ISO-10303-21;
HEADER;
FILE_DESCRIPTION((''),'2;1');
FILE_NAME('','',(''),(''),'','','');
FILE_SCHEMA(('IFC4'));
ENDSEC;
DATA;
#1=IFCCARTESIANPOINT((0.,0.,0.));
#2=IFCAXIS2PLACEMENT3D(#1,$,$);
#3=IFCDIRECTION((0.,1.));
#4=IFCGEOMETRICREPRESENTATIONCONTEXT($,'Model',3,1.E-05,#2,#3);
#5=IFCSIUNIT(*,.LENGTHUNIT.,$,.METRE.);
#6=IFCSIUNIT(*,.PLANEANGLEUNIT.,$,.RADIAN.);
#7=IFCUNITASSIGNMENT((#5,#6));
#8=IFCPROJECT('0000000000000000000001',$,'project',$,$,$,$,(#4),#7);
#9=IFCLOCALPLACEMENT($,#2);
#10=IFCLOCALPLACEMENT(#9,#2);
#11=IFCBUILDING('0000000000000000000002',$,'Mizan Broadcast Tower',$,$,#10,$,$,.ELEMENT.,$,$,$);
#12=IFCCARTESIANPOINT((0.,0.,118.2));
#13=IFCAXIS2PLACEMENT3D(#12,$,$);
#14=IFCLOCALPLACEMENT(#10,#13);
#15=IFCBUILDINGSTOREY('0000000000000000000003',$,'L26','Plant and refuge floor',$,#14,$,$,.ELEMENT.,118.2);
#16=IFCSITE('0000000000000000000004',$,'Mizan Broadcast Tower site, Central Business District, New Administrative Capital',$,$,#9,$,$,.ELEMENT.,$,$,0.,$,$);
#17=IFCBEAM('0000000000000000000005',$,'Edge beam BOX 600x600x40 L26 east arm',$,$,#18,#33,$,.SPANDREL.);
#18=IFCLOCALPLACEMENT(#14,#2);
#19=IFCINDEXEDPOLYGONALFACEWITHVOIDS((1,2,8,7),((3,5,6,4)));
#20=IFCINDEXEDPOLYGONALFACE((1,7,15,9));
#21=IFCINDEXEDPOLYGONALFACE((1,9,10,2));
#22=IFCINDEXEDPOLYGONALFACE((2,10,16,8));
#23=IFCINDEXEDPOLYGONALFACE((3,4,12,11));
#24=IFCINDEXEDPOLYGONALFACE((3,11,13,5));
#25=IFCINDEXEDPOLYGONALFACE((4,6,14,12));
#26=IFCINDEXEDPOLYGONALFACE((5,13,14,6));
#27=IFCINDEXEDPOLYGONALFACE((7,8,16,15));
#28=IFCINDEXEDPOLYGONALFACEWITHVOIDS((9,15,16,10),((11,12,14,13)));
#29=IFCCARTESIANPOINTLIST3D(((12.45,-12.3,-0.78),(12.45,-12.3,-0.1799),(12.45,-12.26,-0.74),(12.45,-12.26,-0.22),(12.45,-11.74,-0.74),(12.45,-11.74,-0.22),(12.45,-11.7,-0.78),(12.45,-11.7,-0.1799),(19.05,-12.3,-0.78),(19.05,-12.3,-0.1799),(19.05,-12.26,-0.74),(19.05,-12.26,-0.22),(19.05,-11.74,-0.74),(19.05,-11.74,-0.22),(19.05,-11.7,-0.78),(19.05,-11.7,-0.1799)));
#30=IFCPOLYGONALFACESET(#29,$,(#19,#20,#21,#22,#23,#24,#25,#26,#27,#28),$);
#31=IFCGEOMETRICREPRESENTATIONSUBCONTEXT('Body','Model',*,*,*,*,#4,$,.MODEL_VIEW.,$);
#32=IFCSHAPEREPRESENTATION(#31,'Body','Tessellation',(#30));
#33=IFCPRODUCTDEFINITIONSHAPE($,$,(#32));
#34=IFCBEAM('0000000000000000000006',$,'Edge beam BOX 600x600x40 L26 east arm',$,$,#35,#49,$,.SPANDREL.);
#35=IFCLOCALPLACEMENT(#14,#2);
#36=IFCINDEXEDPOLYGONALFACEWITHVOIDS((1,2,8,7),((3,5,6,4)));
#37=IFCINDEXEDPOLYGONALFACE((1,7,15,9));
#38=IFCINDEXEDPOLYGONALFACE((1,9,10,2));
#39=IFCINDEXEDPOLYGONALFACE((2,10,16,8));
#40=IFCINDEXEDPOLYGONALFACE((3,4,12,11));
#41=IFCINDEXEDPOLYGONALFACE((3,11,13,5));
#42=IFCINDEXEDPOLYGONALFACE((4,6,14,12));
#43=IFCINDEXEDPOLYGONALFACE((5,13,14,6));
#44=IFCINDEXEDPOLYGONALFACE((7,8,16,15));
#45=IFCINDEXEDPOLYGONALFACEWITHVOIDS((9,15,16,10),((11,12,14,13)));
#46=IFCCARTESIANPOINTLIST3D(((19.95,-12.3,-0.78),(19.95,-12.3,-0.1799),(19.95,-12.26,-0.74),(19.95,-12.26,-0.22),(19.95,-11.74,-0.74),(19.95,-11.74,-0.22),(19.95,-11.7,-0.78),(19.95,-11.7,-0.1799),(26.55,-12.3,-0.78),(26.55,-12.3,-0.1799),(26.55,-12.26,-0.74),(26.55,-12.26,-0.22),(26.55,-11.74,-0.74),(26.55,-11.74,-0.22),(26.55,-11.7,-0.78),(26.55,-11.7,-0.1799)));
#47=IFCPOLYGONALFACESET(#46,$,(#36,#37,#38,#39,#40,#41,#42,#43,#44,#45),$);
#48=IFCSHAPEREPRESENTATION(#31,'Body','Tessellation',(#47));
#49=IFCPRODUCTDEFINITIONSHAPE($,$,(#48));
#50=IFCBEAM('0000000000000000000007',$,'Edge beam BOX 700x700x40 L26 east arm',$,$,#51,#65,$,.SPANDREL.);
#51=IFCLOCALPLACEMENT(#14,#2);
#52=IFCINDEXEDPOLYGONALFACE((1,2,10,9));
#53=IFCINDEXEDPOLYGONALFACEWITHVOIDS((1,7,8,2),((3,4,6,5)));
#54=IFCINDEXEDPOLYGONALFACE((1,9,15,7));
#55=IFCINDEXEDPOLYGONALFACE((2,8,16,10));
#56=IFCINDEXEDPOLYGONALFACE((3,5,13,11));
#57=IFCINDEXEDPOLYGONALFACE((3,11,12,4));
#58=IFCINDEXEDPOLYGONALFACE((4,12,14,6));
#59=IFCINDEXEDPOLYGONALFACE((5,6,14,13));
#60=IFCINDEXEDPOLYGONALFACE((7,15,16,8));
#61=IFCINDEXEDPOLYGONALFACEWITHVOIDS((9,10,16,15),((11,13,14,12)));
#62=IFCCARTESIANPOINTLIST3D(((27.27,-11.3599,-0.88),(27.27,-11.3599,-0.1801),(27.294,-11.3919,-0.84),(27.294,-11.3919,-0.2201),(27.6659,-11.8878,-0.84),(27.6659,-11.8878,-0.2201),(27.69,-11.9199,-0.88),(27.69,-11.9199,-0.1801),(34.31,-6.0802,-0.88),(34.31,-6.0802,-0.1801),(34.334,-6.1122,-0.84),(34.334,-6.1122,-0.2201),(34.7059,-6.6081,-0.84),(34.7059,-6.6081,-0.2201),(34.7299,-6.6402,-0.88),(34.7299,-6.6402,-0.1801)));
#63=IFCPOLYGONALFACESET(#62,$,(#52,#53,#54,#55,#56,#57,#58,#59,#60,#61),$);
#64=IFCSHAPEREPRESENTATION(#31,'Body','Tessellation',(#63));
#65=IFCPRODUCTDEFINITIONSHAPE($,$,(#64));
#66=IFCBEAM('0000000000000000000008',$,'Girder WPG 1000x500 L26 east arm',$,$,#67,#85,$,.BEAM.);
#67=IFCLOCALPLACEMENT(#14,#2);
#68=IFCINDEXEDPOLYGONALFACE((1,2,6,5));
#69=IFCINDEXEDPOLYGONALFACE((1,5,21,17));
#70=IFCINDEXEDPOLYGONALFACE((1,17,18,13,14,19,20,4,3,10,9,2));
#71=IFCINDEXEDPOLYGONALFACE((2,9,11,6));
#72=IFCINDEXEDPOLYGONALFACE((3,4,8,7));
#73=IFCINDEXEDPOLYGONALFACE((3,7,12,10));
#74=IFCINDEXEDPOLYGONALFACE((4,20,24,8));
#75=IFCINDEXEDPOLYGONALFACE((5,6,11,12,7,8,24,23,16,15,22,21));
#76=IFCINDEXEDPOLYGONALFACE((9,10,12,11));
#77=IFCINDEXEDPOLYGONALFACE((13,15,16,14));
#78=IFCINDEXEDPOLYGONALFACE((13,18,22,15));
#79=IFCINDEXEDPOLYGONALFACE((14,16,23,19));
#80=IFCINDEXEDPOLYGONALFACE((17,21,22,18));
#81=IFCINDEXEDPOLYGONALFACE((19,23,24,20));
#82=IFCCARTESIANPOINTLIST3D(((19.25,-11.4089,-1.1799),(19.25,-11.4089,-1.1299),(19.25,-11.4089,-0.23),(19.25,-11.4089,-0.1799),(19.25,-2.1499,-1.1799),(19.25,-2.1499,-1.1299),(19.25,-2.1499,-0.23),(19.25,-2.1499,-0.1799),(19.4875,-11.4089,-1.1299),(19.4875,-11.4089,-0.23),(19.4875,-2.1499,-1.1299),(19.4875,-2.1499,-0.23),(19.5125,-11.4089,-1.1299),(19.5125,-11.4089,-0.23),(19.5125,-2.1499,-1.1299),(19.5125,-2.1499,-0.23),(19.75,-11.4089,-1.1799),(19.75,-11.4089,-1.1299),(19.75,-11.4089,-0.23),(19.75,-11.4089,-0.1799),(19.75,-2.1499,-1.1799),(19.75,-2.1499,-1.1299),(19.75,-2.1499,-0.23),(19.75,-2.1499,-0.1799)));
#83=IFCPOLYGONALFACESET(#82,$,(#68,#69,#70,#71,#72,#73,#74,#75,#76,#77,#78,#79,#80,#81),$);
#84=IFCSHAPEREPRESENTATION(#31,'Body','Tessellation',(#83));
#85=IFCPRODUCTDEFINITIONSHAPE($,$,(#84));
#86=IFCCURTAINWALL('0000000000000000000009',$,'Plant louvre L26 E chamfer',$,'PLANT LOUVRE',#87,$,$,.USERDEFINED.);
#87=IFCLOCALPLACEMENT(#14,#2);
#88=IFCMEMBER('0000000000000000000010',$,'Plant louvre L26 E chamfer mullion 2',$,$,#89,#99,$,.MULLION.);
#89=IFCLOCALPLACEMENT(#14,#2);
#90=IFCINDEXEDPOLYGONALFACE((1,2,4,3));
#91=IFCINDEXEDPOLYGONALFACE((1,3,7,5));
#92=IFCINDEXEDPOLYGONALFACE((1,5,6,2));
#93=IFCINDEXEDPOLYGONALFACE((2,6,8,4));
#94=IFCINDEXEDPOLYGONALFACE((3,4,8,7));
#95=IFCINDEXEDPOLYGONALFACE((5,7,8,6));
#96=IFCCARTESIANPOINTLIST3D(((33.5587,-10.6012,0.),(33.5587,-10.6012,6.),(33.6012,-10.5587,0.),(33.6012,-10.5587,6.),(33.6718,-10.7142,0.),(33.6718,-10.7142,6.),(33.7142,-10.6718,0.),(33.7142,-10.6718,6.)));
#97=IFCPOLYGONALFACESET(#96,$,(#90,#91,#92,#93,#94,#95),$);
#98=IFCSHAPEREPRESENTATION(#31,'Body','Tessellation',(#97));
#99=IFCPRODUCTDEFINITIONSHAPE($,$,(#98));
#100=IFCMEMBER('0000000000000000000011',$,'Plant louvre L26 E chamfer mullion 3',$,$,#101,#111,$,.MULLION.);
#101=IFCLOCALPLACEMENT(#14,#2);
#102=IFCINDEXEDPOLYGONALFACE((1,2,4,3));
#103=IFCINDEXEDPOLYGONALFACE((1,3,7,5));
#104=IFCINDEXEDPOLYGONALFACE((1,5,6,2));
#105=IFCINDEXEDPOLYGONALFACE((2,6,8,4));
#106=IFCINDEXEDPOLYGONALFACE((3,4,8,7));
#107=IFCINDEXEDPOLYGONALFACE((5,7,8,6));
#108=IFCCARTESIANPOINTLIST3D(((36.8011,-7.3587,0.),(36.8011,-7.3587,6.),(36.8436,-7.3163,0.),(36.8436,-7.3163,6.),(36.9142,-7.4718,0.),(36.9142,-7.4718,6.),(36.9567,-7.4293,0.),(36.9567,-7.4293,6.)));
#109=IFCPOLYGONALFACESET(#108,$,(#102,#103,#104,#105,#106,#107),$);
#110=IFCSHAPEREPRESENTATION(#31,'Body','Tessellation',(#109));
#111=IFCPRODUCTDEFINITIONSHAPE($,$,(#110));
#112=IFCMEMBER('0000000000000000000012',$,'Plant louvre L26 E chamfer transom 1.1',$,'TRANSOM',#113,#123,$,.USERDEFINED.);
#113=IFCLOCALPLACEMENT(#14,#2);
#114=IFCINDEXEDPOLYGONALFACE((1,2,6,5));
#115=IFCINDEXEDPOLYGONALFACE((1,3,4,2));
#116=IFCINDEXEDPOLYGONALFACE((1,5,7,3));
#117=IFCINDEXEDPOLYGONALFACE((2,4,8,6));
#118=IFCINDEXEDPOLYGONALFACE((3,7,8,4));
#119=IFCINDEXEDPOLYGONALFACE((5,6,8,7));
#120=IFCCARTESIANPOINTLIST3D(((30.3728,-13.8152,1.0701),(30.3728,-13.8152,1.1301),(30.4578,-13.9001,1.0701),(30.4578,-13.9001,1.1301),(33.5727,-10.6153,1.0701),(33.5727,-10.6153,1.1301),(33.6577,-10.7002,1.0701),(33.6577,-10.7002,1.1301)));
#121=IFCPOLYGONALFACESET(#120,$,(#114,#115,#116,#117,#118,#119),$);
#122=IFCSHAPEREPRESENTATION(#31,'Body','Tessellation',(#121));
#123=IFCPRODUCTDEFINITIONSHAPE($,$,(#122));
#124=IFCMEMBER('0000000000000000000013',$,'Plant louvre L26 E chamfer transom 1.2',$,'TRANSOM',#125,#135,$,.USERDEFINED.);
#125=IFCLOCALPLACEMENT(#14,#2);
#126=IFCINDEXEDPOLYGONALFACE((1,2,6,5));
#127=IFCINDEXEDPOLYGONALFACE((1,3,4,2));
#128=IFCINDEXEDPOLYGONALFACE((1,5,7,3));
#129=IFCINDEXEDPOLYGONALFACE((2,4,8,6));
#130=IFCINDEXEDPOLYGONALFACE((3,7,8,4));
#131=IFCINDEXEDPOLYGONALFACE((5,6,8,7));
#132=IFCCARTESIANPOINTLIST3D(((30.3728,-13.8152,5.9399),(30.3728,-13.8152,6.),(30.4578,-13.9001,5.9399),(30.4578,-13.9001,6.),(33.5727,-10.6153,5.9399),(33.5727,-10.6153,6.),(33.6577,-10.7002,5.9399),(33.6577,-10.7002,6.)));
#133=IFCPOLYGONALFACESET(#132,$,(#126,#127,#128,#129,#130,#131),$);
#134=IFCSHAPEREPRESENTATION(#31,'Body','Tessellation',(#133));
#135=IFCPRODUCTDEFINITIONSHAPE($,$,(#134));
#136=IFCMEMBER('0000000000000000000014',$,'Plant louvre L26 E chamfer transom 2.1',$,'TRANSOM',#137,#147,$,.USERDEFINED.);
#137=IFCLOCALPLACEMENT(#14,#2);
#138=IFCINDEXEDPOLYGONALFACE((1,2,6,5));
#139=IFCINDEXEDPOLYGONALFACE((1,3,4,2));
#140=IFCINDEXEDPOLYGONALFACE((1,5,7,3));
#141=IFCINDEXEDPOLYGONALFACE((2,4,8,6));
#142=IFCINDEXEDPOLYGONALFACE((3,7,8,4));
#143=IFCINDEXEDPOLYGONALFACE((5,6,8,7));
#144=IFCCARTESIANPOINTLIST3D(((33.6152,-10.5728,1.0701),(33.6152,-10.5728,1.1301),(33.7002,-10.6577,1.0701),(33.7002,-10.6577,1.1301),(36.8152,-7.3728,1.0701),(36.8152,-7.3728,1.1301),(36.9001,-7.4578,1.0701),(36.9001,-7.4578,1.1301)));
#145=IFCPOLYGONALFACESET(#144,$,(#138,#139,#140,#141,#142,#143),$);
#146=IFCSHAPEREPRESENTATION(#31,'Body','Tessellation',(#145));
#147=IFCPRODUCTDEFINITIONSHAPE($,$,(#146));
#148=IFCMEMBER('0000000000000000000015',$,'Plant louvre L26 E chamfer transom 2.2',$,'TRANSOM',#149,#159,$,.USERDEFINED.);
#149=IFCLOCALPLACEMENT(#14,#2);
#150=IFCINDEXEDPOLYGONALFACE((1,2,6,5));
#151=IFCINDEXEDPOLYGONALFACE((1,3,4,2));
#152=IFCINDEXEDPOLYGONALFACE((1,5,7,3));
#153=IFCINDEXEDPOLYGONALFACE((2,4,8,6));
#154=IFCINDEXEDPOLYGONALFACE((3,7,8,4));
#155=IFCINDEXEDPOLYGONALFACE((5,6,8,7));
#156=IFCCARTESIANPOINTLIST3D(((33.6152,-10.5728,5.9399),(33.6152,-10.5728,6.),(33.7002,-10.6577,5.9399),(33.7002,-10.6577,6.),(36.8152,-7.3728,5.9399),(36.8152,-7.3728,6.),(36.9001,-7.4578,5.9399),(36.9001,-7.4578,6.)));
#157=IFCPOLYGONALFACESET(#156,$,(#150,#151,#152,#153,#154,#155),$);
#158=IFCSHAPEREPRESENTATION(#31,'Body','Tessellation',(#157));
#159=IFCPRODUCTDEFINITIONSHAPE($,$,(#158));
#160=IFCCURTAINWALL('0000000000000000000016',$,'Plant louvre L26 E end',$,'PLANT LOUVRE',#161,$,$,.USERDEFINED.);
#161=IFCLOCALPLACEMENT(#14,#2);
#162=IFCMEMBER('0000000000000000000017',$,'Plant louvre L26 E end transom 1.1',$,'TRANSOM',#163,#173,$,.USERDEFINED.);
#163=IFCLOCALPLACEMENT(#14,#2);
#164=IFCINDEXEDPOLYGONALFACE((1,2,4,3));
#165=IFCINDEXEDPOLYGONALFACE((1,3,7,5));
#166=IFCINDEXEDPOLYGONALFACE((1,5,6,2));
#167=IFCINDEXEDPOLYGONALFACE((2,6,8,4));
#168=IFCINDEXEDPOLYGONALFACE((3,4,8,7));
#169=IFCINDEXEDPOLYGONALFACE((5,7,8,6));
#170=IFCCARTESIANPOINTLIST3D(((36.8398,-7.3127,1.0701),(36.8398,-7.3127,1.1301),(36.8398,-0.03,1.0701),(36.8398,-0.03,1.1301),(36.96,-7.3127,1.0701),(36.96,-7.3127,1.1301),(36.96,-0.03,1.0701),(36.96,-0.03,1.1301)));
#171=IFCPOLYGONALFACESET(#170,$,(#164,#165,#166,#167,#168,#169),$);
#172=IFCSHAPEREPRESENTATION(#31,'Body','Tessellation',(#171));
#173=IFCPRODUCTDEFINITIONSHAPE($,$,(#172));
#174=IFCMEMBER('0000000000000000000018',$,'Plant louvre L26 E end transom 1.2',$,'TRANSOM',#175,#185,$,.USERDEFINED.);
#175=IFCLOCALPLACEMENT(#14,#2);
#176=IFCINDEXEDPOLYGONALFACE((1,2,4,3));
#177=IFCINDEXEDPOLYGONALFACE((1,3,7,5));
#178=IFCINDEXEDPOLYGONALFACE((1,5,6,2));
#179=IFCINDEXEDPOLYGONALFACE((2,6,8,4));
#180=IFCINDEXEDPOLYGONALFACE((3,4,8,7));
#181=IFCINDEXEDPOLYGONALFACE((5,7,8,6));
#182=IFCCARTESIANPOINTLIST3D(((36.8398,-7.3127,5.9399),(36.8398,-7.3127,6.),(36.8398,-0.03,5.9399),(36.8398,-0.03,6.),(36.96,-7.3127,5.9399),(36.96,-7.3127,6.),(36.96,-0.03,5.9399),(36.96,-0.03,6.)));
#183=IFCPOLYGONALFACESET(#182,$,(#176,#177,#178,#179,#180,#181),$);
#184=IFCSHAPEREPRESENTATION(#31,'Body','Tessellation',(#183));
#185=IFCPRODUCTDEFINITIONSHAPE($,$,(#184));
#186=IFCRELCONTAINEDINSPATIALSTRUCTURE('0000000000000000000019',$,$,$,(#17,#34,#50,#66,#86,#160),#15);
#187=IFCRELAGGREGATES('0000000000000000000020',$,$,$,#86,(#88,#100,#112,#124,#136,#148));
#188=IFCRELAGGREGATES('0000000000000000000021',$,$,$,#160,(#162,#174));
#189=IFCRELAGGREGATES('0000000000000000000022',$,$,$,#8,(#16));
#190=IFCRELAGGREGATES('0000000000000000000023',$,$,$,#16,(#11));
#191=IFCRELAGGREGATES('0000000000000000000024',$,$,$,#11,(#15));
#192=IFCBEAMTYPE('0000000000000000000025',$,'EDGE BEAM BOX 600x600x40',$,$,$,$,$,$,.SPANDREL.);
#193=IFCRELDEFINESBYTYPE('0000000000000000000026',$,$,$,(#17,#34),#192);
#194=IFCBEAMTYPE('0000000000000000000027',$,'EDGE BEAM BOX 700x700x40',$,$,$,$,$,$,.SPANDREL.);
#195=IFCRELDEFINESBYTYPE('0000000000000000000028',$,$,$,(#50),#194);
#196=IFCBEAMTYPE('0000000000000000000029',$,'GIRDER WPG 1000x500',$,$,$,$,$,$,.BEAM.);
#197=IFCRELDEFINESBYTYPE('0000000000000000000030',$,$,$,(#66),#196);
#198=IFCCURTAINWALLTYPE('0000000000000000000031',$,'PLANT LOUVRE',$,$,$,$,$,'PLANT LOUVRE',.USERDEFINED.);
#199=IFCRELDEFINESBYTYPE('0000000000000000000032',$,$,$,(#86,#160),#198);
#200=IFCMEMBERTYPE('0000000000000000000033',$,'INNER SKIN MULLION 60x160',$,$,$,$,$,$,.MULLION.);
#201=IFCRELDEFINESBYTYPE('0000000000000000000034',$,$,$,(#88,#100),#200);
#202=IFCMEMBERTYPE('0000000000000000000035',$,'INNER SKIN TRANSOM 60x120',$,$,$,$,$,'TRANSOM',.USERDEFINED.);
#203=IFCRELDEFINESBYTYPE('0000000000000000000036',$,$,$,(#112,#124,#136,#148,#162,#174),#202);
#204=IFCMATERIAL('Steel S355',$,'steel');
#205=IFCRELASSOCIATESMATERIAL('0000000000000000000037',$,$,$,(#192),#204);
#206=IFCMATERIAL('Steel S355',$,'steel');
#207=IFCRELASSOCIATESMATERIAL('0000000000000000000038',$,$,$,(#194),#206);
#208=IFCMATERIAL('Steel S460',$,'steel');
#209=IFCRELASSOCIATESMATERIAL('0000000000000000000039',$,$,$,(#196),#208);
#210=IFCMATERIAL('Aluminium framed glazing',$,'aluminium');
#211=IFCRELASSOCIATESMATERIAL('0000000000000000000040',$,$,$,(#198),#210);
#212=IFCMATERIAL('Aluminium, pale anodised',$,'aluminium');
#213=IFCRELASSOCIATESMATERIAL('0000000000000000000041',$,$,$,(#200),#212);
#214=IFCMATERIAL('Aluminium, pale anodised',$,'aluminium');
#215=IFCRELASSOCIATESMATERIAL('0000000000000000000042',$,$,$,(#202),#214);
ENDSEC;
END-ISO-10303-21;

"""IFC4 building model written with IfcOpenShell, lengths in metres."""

from ifc_helpers import new_model, si_unit, direction, frame, origin, origin_2d, place, context, subcontext, project, spatial, rectangle, hollow_rectangle, i_section, extrude, material, material_profile, profile_set, type_object, element, aggregate, save


model = new_model("IFC4")

# Units and contexts
model_context = context("Model", 3, precision=1e-05, world=origin(), true_north=direction((0.0, 1.0)))
body_context = subcontext(model_context, "Body", "Model", "MODEL_VIEW")
ifc_project = project(units=[si_unit("LENGTHUNIT", "METRE"), si_unit("PLANEANGLEUNIT", "RADIAN")], contexts=[model_context])

# Site, building, storey
site_placement = place(None, origin())
site = spatial("IfcSite", under=ifc_project, at=site_placement, Name="Mizan Broadcast Tower site, Central Business District, New Administrative Capital", CompositionType="ELEMENT", RefElevation=0.0)
building_placement = place(site_placement, origin())
building = spatial("IfcBuilding", under=site, at=building_placement, Name="Mizan Broadcast Tower", CompositionType="ELEMENT")
storey_placement = place(building_placement, frame((0.0, 0.0, 118.2)))
storey = spatial("IfcBuildingStorey", under=building, at=storey_placement, Name="L26", Description="Plant and refuge floor", CompositionType="ELEMENT", Elevation=118.2)

# Beams
ifc_material_1 = material(Name="Steel S355", Category="steel")
ifc_material_profile_1 = material_profile(ifc_material_1, hollow_rectangle(XDim=0.6001, YDim=0.6001, WallThickness=0.04, at=origin_2d()), Name="BOX 600x600x40")
ifc_profile_set_1 = profile_set([ifc_material_profile_1], Name="Steel S355")
beam_type_1 = type_object("IfcBeamType", Name="EDGE BEAM BOX 600x600x40", PredefinedType="SPANDREL", material=ifc_profile_set_1)
for number, where, z_axis, x_axis, name in (
    (1, (12.45, -12.0, -0.48), (1.0, 0.0, 0.0), (0.0, 1.0, 0.0), "Edge beam BOX 600x600x40 L26 east arm"),
    (2, (19.95, -12.0, -0.48), (1.0, 0.0, 0.0), (0.0, 1.0, 0.0), "Edge beam BOX 600x600x40 L26 east arm"),
):
    element("IfcBeam", number, at=place(storey_placement, frame(where, z_axis=z_axis, x_axis=x_axis)), inside=storey, type_object=beam_type_1, Name=name, PredefinedType="SPANDREL", context=body_context, shape_type="SweptSolid", body=[
        extrude(hollow_rectangle(XDim=0.6001, YDim=0.6001, WallThickness=0.04, at=origin_2d()), origin(), (0.0, 0.0, 1.0), 6.6001),
    ])
ifc_material_2 = material(Name="Steel S355", Category="steel")
ifc_material_profile_2 = material_profile(ifc_material_2, hollow_rectangle(XDim=0.7, YDim=0.7, WallThickness=0.04, at=origin_2d()), Name="BOX 700x700x40")
ifc_profile_set_2 = profile_set([ifc_material_profile_2], Name="Steel S355")
beam_type_2 = type_object("IfcBeamType", Name="EDGE BEAM BOX 700x700x40", PredefinedType="SPANDREL", material=ifc_profile_set_2)
beam_1_placement = place(storey_placement, frame((27.48, -11.6399, -0.53), z_axis=(0.800013, 0.599982, 0.0), x_axis=(-0.599982, 0.800013, 0.0)))
element("IfcBeam", 3, at=beam_1_placement, inside=storey, type_object=beam_type_2, Name="Edge beam BOX 700x700x40 L26 east arm", PredefinedType="SPANDREL", context=body_context, shape_type="SweptSolid", body=[
    extrude(hollow_rectangle(XDim=0.7, YDim=0.7, WallThickness=0.04, at=origin_2d()), origin(), (0.0, 0.0, 1.0), 8.7998),
])
ifc_material_3 = material(Name="Steel S460", Category="steel")
ifc_material_profile_3 = material_profile(ifc_material_3, i_section(OverallWidth=0.5, OverallDepth=1.0, WebThickness=0.0249, FlangeThickness=0.05, at=origin_2d()), Name="WPG 1000x500")
ifc_profile_set_3 = profile_set([ifc_material_profile_3], Name="Steel S460")
beam_type_3 = type_object("IfcBeamType", Name="GIRDER WPG 1000x500", PredefinedType="BEAM", material=ifc_profile_set_3)
beam_2_placement = place(storey_placement, frame((19.5, -11.4089, -0.6799), z_axis=(0.0, 1.0, 0.0), x_axis=(-1.0, 0.0, 0.0)))
element("IfcBeam", 4, at=beam_2_placement, inside=storey, type_object=beam_type_3, Name="Girder WPG 1000x500 L26 east arm", PredefinedType="BEAM", context=body_context, shape_type="SweptSolid", body=[
    extrude(i_section(OverallWidth=0.5, OverallDepth=1.0, WebThickness=0.0249, FlangeThickness=0.05, at=origin_2d()), origin(), (0.0, 0.0, 1.0), 9.259),
])

# Curtain walls, members
ifc_material_4 = material(Name="Aluminium framed glazing", Category="aluminium")
curtain_wall_type = type_object("IfcCurtainWallType", Name="PLANT LOUVRE", ElementType="PLANT LOUVRE", PredefinedType="USERDEFINED", material=ifc_material_4)
curtain_wall_1_placement = place(storey_placement, origin())
curtain_wall_1 = element("IfcCurtainWall", 5, at=curtain_wall_1_placement, inside=storey, type_object=curtain_wall_type, Name="Plant louvre L26 E chamfer", ObjectType="PLANT LOUVRE", PredefinedType="USERDEFINED")
ifc_material_5 = material(Name="Aluminium, pale anodised", Category="aluminium")
ifc_material_profile_4 = material_profile(ifc_material_5, rectangle(XDim=0.1599, YDim=0.0601, at=origin_2d()), Name="MULLION 160x60")
ifc_profile_set_4 = profile_set([ifc_material_profile_4], Name="Aluminium, pale anodised")
member_type_1 = type_object("IfcMemberType", Name="INNER SKIN MULLION 60x160", PredefinedType="MULLION", material=ifc_profile_set_4)
member_1_placement = place(storey_placement, frame((33.6365, -10.6365, 0.0), z_axis=(0.0, 0.0, 1.0), x_axis=(-0.707107, 0.707107, 0.0)))
member_1 = element("IfcMember", 6, at=member_1_placement, type_object=member_type_1, Name="Plant louvre L26 E chamfer mullion 2", PredefinedType="MULLION", context=body_context, shape_type="SweptSolid", body=[
    extrude(rectangle(XDim=0.1599, YDim=0.0601, at=origin_2d()), origin(), (0.0, 0.0, 1.0), 6.0),
])
member_2_placement = place(storey_placement, frame((36.8789, -7.394, 0.0), z_axis=(0.0, 0.0, 1.0), x_axis=(-0.707107, 0.707107, 0.0)))
member_2 = element("IfcMember", 7, at=member_2_placement, type_object=member_type_1, Name="Plant louvre L26 E chamfer mullion 3", PredefinedType="MULLION", context=body_context, shape_type="SweptSolid", body=[
    extrude(rectangle(XDim=0.1599, YDim=0.0601, at=origin_2d()), origin(), (0.0, 0.0, 1.0), 6.0),
])
ifc_material_6 = material(Name="Aluminium, pale anodised", Category="aluminium")
ifc_material_profile_5 = material_profile(ifc_material_6, rectangle(XDim=0.1201, YDim=0.0601, at=origin_2d()), Name="TRANSOM 120x60")
ifc_profile_set_5 = profile_set([ifc_material_profile_5], Name="Aluminium, pale anodised")
member_type_2 = type_object("IfcMemberType", Name="INNER SKIN TRANSOM 60x120", ElementType="TRANSOM", PredefinedType="USERDEFINED", material=ifc_profile_set_5)
member_3_placement = place(storey_placement, frame((30.4153, -13.8577, 1.1001), z_axis=(0.707107, 0.707107, 0.0), x_axis=(-0.707107, 0.707107, 0.0)))
member_3 = element("IfcMember", 8, at=member_3_placement, type_object=member_type_2, Name="Plant louvre L26 E chamfer transom 1.1", ObjectType="TRANSOM", PredefinedType="USERDEFINED", context=body_context, shape_type="SweptSolid", body=[
    extrude(rectangle(XDim=0.1201, YDim=0.0601, at=origin_2d()), origin(), (0.0, 0.0, 1.0), 4.5254),
])
member_4_placement = place(storey_placement, frame((30.4153, -13.8577, 5.97), z_axis=(0.707107, 0.707107, 0.0), x_axis=(-0.707107, 0.707107, 0.0)))
member_4 = element("IfcMember", 9, at=member_4_placement, type_object=member_type_2, Name="Plant louvre L26 E chamfer transom 1.2", ObjectType="TRANSOM", PredefinedType="USERDEFINED", context=body_context, shape_type="SweptSolid", body=[
    extrude(rectangle(XDim=0.1201, YDim=0.0601, at=origin_2d()), origin(), (0.0, 0.0, 1.0), 4.5254),
])
member_5_placement = place(storey_placement, frame((33.6577, -10.6152, 1.1001), z_axis=(0.707107, 0.707107, 0.0), x_axis=(-0.707107, 0.707107, 0.0)))
member_5 = element("IfcMember", 10, at=member_5_placement, type_object=member_type_2, Name="Plant louvre L26 E chamfer transom 2.1", ObjectType="TRANSOM", PredefinedType="USERDEFINED", context=body_context, shape_type="SweptSolid", body=[
    extrude(rectangle(XDim=0.1201, YDim=0.0601, at=origin_2d()), origin(), (0.0, 0.0, 1.0), 4.5254),
])
member_6_placement = place(storey_placement, frame((33.6577, -10.6152, 5.97), z_axis=(0.707107, 0.707107, 0.0), x_axis=(-0.707107, 0.707107, 0.0)))
member_6 = element("IfcMember", 11, at=member_6_placement, type_object=member_type_2, Name="Plant louvre L26 E chamfer transom 2.2", ObjectType="TRANSOM", PredefinedType="USERDEFINED", context=body_context, shape_type="SweptSolid", body=[
    extrude(rectangle(XDim=0.1201, YDim=0.0601, at=origin_2d()), origin(), (0.0, 0.0, 1.0), 4.5254),
])
curtain_wall_2_placement = place(storey_placement, origin())
curtain_wall_2 = element("IfcCurtainWall", 12, at=curtain_wall_2_placement, inside=storey, type_object=curtain_wall_type, Name="Plant louvre L26 E end", ObjectType="PLANT LOUVRE", PredefinedType="USERDEFINED")
member_7_placement = place(storey_placement, frame((36.8999, -7.3127, 1.1001), z_axis=(0.0, 1.0, 0.0), x_axis=(-1.0, 0.0, 0.0)))
member_7 = element("IfcMember", 13, at=member_7_placement, type_object=member_type_2, Name="Plant louvre L26 E end transom 1.1", ObjectType="TRANSOM", PredefinedType="USERDEFINED", context=body_context, shape_type="SweptSolid", body=[
    extrude(rectangle(XDim=0.1201, YDim=0.0601, at=origin_2d()), origin(), (0.0, 0.0, 1.0), 7.2827),
])
member_8_placement = place(storey_placement, frame((36.8999, -7.3127, 5.97), z_axis=(0.0, 1.0, 0.0), x_axis=(-1.0, 0.0, 0.0)))
member_8 = element("IfcMember", 14, at=member_8_placement, type_object=member_type_2, Name="Plant louvre L26 E end transom 1.2", ObjectType="TRANSOM", PredefinedType="USERDEFINED", context=body_context, shape_type="SweptSolid", body=[
    extrude(rectangle(XDim=0.1201, YDim=0.0601, at=origin_2d()), origin(), (0.0, 0.0, 1.0), 7.2827),
])

aggregate(curtain_wall_1, [member_1, member_2, member_3, member_4, member_5, member_6])
aggregate(curtain_wall_2, [member_7, member_8])

save(model, "model.ifc")
